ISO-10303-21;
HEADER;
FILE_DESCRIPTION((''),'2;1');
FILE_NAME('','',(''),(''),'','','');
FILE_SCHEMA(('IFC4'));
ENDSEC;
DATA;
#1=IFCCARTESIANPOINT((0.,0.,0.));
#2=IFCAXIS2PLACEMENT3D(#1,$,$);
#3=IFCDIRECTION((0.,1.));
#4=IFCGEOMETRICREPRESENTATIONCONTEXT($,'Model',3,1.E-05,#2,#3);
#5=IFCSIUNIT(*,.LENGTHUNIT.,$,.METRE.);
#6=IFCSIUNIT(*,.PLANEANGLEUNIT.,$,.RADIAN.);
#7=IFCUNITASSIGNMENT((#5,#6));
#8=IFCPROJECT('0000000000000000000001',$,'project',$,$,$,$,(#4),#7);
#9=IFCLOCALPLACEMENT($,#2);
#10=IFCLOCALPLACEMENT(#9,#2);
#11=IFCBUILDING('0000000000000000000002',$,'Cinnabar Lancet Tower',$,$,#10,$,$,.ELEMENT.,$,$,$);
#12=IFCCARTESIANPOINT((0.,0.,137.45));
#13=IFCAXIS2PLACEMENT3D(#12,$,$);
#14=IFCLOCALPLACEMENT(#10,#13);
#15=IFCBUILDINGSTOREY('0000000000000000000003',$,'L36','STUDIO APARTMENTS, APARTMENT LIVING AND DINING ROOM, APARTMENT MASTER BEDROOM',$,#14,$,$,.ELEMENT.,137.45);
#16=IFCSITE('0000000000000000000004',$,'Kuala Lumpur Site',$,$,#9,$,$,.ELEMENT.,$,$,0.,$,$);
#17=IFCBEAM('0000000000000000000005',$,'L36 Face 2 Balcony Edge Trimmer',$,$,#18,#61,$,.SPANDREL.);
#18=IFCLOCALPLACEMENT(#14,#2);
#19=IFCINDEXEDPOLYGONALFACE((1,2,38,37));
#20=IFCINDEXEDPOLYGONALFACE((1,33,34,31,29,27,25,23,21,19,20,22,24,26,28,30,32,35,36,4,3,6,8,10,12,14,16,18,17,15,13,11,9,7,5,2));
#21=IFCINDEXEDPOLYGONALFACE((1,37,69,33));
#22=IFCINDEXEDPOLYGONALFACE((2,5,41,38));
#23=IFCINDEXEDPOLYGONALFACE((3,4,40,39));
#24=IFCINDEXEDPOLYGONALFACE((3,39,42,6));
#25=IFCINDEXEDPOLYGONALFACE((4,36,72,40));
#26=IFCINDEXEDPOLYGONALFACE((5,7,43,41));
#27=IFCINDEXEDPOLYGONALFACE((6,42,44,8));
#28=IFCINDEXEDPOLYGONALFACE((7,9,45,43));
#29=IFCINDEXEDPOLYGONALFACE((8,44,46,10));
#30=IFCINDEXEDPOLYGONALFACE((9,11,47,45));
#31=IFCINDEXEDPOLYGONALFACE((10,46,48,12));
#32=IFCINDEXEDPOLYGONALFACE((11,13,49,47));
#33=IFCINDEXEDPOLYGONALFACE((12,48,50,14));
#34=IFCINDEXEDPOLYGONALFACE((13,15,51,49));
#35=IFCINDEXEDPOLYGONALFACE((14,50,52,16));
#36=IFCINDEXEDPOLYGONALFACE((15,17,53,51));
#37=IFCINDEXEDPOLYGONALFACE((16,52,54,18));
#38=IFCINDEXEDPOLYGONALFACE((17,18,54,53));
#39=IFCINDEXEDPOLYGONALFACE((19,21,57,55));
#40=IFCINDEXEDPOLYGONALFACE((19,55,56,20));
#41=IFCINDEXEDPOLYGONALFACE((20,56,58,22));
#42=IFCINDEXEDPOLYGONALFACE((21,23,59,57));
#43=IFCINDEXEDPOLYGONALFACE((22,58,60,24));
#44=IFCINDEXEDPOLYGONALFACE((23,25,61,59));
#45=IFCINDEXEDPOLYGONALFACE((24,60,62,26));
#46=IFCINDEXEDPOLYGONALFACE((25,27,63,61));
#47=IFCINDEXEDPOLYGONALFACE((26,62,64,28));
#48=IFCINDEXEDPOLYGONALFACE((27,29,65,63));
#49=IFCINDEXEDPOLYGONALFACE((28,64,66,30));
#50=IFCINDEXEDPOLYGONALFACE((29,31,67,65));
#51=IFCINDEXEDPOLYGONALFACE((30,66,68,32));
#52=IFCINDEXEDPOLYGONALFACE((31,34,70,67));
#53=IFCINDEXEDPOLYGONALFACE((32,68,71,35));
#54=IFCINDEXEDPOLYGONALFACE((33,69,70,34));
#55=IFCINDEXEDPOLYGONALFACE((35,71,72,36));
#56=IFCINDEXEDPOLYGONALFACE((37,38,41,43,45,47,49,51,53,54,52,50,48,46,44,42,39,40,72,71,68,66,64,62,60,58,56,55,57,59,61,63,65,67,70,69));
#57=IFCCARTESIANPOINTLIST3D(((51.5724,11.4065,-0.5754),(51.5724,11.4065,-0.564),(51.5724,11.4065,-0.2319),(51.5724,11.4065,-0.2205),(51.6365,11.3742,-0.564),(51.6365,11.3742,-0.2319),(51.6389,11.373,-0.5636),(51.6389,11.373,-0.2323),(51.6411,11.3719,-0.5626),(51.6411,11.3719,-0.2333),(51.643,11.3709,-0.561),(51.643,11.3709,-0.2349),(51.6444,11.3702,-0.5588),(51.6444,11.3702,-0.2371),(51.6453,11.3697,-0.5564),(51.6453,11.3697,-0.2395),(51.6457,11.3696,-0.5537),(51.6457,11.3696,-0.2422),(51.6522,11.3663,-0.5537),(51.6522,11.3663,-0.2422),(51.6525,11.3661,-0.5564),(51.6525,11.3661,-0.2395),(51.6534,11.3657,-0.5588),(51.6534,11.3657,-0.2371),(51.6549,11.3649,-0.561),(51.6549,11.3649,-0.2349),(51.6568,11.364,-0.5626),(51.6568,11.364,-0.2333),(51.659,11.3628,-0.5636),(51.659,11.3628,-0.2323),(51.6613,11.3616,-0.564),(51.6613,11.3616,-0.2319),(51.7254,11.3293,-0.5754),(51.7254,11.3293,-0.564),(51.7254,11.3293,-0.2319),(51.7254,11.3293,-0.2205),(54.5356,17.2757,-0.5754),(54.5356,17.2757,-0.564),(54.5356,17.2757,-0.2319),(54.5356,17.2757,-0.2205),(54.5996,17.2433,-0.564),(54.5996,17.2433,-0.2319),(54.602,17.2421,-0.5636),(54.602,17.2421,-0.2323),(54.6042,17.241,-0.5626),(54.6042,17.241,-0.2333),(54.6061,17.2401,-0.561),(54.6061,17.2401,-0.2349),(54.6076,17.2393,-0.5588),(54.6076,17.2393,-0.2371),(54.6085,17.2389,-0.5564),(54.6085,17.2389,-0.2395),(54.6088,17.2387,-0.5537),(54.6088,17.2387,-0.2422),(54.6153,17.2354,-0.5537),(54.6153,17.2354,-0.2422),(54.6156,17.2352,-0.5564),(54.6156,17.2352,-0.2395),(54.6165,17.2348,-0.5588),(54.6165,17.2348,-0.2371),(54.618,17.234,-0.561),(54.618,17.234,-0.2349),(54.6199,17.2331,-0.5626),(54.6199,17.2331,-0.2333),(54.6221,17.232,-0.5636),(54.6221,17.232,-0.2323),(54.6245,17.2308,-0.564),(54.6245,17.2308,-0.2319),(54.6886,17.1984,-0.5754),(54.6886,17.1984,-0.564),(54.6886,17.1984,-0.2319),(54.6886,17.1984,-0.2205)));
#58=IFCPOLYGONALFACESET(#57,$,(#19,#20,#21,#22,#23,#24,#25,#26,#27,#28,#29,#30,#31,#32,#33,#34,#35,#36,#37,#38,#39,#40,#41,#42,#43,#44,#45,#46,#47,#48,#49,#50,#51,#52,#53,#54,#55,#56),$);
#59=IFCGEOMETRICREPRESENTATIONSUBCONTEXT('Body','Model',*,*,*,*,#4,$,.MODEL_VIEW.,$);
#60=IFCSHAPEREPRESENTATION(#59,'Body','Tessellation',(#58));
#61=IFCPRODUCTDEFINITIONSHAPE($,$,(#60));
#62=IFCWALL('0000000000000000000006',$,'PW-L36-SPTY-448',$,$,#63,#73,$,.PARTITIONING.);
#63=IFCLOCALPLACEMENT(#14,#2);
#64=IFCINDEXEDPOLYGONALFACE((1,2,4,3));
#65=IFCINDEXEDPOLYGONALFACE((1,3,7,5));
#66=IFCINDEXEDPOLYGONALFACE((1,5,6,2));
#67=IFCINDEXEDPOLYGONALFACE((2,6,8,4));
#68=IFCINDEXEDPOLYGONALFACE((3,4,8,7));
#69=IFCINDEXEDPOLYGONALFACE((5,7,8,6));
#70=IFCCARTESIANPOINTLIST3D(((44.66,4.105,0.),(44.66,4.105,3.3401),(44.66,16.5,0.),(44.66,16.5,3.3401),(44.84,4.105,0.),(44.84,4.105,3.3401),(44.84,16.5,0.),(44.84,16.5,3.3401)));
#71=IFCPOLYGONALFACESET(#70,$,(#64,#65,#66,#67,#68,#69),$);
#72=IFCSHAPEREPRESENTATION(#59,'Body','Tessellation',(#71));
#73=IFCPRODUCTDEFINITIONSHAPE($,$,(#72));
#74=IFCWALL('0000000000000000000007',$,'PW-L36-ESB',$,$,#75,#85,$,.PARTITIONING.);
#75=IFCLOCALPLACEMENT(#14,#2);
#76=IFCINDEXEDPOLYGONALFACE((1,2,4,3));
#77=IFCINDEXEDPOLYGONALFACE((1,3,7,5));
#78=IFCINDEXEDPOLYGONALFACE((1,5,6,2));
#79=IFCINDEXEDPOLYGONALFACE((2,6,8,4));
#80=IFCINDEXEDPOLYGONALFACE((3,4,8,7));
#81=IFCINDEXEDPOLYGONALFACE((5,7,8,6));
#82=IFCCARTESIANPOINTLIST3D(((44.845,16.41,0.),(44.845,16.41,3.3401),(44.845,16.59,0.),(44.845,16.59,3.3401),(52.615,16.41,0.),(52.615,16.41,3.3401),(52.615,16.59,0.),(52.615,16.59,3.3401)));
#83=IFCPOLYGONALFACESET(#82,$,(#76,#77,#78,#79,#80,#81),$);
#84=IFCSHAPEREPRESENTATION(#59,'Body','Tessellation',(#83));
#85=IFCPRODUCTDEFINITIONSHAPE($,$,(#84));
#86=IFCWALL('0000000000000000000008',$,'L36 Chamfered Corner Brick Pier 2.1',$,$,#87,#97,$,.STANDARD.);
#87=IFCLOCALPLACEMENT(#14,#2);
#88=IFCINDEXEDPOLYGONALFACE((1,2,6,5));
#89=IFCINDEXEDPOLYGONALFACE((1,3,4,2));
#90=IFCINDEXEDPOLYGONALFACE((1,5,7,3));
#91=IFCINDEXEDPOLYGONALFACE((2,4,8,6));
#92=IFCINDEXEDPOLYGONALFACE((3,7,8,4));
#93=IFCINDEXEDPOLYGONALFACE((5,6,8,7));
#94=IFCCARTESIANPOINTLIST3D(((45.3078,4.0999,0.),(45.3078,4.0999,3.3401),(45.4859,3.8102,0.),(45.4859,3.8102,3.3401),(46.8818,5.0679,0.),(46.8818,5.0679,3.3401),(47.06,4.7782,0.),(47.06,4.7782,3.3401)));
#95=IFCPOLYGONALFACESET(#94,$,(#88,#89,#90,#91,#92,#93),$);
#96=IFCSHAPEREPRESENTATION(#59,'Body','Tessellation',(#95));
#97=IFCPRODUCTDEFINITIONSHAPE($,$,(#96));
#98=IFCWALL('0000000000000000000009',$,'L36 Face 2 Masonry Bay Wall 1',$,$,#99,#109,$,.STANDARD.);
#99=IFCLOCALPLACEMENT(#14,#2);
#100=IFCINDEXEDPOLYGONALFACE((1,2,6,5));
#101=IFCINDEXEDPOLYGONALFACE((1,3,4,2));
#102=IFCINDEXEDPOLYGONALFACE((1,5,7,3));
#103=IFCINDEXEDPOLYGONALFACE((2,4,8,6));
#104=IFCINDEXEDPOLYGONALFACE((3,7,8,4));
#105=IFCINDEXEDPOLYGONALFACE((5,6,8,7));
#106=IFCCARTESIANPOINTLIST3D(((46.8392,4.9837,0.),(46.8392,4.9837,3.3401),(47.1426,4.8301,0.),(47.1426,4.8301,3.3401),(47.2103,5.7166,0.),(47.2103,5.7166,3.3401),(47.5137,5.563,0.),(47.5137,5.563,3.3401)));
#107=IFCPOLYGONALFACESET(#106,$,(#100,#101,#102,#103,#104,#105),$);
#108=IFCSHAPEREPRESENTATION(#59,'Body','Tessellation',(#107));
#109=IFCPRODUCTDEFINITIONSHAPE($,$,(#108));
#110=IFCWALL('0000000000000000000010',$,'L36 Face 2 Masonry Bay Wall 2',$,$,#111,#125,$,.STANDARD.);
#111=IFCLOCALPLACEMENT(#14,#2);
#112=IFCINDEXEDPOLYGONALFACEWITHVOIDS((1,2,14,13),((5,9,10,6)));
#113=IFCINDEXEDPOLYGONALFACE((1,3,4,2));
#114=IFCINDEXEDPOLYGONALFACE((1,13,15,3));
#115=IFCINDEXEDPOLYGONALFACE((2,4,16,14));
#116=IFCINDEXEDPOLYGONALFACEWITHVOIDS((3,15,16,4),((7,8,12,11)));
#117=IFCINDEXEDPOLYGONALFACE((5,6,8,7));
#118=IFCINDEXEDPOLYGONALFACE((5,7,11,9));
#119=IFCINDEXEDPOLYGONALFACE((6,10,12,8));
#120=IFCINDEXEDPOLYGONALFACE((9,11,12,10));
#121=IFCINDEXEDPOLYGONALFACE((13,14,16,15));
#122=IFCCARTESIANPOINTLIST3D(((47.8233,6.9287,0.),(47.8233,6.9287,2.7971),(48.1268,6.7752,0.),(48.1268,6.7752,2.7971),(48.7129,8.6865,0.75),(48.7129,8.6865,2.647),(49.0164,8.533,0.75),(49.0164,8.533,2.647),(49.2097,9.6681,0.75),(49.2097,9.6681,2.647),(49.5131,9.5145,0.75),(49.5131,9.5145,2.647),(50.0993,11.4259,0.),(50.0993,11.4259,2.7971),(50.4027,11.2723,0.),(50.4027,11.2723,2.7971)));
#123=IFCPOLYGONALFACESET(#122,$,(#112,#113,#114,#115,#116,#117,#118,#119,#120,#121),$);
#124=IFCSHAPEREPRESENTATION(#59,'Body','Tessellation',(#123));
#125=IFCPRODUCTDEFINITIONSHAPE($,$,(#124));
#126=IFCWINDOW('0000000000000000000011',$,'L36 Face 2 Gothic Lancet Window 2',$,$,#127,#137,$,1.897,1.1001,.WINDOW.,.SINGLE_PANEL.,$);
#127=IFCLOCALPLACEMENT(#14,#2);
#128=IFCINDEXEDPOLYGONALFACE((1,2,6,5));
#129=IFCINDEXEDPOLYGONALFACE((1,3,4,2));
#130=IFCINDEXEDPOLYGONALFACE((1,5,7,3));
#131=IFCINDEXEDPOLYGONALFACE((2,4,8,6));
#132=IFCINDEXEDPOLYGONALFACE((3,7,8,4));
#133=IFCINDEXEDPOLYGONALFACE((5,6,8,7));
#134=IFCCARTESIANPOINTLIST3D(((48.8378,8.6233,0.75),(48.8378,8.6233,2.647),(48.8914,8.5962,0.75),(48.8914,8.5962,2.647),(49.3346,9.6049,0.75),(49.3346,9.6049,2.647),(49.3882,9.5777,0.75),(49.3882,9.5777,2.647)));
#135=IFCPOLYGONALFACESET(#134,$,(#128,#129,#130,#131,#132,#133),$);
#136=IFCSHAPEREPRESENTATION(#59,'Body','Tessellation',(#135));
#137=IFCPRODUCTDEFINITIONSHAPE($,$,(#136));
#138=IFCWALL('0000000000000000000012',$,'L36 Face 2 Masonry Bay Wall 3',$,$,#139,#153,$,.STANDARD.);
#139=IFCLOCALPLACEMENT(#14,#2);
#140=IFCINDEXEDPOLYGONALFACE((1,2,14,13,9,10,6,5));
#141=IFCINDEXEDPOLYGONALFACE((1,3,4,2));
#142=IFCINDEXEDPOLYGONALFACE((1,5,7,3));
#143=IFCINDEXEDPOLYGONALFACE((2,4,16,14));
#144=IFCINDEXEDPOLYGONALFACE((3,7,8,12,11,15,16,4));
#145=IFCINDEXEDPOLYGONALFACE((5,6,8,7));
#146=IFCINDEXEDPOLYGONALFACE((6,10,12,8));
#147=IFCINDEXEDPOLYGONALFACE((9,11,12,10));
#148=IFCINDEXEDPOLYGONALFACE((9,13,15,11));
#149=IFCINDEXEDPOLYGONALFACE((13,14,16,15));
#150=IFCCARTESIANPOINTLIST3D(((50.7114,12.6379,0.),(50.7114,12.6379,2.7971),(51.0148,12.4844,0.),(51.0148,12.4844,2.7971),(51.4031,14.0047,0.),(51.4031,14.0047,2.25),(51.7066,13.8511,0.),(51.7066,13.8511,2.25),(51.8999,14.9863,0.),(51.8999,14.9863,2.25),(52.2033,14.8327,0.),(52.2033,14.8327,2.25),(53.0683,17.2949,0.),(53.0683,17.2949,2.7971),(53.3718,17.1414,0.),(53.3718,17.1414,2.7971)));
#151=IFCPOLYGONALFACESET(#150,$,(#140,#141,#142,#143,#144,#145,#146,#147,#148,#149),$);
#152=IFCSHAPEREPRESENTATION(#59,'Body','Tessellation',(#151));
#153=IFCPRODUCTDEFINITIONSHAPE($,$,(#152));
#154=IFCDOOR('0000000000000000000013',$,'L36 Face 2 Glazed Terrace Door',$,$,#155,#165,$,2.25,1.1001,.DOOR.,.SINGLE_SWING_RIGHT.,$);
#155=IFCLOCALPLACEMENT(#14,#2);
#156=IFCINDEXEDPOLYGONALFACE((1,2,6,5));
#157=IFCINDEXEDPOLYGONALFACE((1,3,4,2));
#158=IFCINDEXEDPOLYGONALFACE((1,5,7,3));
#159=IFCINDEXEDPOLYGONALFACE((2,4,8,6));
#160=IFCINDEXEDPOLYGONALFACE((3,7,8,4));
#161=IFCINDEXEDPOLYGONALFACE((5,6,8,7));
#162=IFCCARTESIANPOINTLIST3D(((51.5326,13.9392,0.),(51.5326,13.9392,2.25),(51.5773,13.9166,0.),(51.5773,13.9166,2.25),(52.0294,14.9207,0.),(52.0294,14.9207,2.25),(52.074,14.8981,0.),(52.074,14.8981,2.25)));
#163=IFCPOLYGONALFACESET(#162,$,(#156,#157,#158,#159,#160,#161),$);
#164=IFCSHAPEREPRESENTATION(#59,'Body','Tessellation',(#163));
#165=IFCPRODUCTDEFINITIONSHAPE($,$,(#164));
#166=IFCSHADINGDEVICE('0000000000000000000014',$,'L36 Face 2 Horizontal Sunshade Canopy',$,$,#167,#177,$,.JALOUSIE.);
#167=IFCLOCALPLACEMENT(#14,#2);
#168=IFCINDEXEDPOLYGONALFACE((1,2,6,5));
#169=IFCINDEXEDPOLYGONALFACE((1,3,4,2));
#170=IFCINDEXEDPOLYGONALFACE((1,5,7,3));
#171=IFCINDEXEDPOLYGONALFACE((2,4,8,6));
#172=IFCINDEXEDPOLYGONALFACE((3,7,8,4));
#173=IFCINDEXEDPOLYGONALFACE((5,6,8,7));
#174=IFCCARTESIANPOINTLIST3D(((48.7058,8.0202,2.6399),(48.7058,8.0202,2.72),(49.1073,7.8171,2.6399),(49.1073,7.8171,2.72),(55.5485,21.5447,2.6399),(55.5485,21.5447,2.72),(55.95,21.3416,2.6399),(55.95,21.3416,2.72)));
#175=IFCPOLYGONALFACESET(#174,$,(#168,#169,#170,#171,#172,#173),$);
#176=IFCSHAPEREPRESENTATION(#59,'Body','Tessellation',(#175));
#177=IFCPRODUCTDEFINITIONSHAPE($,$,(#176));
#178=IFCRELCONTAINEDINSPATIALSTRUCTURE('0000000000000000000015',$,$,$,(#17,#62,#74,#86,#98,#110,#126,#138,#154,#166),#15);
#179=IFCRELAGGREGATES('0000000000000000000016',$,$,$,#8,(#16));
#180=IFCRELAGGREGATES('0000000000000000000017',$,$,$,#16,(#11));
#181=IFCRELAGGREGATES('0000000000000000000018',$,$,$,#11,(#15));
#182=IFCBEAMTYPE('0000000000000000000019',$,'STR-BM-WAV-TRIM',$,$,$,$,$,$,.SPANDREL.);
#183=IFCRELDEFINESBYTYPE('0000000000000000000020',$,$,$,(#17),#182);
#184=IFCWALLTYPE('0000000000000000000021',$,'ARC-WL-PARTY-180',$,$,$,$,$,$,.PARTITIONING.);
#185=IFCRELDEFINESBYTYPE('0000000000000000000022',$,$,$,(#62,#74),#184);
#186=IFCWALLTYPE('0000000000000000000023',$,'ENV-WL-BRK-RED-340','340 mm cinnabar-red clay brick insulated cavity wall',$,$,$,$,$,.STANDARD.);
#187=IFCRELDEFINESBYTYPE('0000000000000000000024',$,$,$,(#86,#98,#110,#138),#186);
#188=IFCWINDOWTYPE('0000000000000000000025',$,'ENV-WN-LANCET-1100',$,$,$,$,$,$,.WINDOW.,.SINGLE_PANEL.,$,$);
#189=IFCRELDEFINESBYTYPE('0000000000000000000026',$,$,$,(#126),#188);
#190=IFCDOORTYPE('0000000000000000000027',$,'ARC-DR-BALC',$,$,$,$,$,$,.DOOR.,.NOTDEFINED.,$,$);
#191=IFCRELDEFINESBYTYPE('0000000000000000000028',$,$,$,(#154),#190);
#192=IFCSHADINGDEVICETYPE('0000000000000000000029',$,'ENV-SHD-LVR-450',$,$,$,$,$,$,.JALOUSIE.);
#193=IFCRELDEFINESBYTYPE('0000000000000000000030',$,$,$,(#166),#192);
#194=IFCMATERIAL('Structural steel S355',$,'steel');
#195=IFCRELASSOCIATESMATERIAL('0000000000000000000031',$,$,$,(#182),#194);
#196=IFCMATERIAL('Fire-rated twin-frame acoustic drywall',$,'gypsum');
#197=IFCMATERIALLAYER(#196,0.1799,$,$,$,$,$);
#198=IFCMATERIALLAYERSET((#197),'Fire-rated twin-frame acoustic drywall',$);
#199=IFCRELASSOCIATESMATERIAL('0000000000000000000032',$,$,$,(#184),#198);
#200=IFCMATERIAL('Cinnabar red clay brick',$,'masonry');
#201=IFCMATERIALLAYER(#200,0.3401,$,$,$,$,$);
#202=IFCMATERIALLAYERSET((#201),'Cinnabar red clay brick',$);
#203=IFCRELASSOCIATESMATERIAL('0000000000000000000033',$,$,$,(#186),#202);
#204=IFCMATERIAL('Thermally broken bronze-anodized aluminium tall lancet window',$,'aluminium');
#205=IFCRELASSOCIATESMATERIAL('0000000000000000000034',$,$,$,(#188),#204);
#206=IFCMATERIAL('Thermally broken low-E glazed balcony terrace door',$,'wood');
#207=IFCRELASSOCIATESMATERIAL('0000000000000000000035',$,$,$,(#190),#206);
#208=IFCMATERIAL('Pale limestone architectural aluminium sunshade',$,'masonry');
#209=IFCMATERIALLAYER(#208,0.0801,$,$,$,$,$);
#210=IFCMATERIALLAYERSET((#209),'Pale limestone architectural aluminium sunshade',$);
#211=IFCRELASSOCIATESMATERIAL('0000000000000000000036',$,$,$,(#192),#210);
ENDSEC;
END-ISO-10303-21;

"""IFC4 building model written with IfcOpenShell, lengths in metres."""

from ifc_helpers import new_model, si_unit, direction, frame, frame_2d, origin, origin_2d, place, context, subcontext, project, spatial, rectangle, i_section, extrude, material, layer, layer_set, material_profile, profile_set, type_object, element, fill, save


model = new_model("IFC4")

# Units and contexts
model_context = context("Model", 3, precision=1e-05, world=origin(), true_north=direction((0.0, 1.0)))
body_context = subcontext(model_context, "Body", "Model", "MODEL_VIEW")
ifc_project = project(units=[si_unit("LENGTHUNIT", "METRE"), si_unit("PLANEANGLEUNIT", "RADIAN")], contexts=[model_context])

# Site, building, storey
site_placement = place(None, origin())
site = spatial("IfcSite", under=ifc_project, at=site_placement, Name="Kuala Lumpur Site", CompositionType="ELEMENT", RefElevation=0.0)
building_placement = place(site_placement, origin())
building = spatial("IfcBuilding", under=site, at=building_placement, Name="Cinnabar Lancet Tower", CompositionType="ELEMENT")
storey_placement = place(building_placement, frame((0.0, 0.0, 137.45)))
storey = spatial("IfcBuildingStorey", under=building, at=storey_placement, Name="L36", Description="STUDIO APARTMENTS, APARTMENT LIVING AND DINING ROOM, APARTMENT MASTER BEDROOM", CompositionType="ELEMENT", Elevation=137.45)

# Beam
ifc_material_1 = material(Name="Structural steel S355", Category="steel")
ifc_material_profile_1 = material_profile(ifc_material_1, i_section(OverallWidth=0.1714, OverallDepth=0.355, WebThickness=0.0073, FlangeThickness=0.0115, FilletRadius=0.0103, at=origin_2d()), Name="UKB 356x171x51")
ifc_profile_set_1 = profile_set([ifc_material_profile_1], Name="Structural steel S355")
beam_type_1 = type_object("IfcBeamType", Name="STR-BM-WAV-TRIM", PredefinedType="SPANDREL", material=ifc_profile_set_1)
beam_1_placement = place(storey_placement, frame((51.6489, 11.3679, -0.3979), z_axis=(0.450686, 0.892683, 0.0), x_axis=(-0.892683, 0.450686, 0.0)))
element("IfcBeam", 1, at=beam_1_placement, inside=storey, type_object=beam_type_1, Name="L36 Face 2 Balcony Edge Trimmer", PredefinedType="SPANDREL", context=body_context, shape_type="SweptSolid", body=[
    extrude(i_section(OverallWidth=0.1714, OverallDepth=0.355, WebThickness=0.0073, FlangeThickness=0.0115, FilletRadius=0.0103, at=origin_2d()), origin(), (0.0, 0.0, 1.0), 6.5747),
])

# Walls
ifc_material_2 = material(Name="Fire-rated twin-frame acoustic drywall", Category="gypsum")
ifc_layer_1 = layer(ifc_material_2, 0.1799)
ifc_layer_set_1 = layer_set([ifc_layer_1], Name="Fire-rated twin-frame acoustic drywall")
wall_type_1 = type_object("IfcWallType", Name="ARC-WL-PARTY-180", PredefinedType="PARTITIONING", material=ifc_layer_set_1)
wall_1_placement = place(storey_placement, frame((44.75, 4.105, 0.0), z_axis=(0.0, 0.0, 1.0), x_axis=(0.0, 1.0, 0.0)))
element("IfcWall", 2, at=wall_1_placement, inside=storey, type_object=wall_type_1, Name="PW-L36-SPTY-448", PredefinedType="PARTITIONING", context=body_context, shape_type="SweptSolid", body=[
    extrude(rectangle(XDim=12.395, YDim=0.1799, at=frame_2d((6.1975, 0.0))), origin(), (0.0, 0.0, 1.0), 3.3401),
])
wall_2_placement = place(storey_placement, frame((44.845, 16.5, 0.0), z_axis=(0.0, 0.0, 1.0), x_axis=(1.0, 0.0, 0.0)))
element("IfcWall", 3, at=wall_2_placement, inside=storey, type_object=wall_type_1, Name="PW-L36-ESB", PredefinedType="PARTITIONING", context=body_context, shape_type="SweptSolid", body=[
    extrude(rectangle(XDim=7.77, YDim=0.1799, at=frame_2d((3.885, 0.0))), origin(), (0.0, 0.0, 1.0), 3.3401),
])
ifc_material_3 = material(Name="Cinnabar red clay brick", Category="masonry")
ifc_layer_2 = layer(ifc_material_3, 0.3401)
ifc_layer_set_2 = layer_set([ifc_layer_2], Name="Cinnabar red clay brick")
wall_type_2 = type_object("IfcWallType", Name="ENV-WL-BRK-RED-340", Description="340 mm cinnabar-red clay brick insulated cavity wall", PredefinedType="STANDARD", material=ifc_layer_set_2)
wall_3_placement = place(storey_placement, frame((45.397, 3.9551, 0.0), z_axis=(0.0, 0.0, 1.0), x_axis=(0.851799, 0.523869, 0.0)))
element("IfcWall", 4, at=wall_3_placement, inside=storey, type_object=wall_type_2, Name="L36 Chamfered Corner Brick Pier 2.1", PredefinedType="STANDARD", context=body_context, shape_type="SweptSolid", body=[
    extrude(rectangle(XDim=1.8479, YDim=0.3401, at=frame_2d((0.9238, 0.0))), origin(), (0.0, 0.0, 1.0), 3.3401),
])
wall_4_placement = place(storey_placement, frame((46.991, 4.907, 0.0), z_axis=(0.0, 0.0, 1.0), x_axis=(0.451725, 0.892157, 0.0)))
element("IfcWall", 5, at=wall_4_placement, inside=storey, type_object=wall_type_2, Name="L36 Face 2 Masonry Bay Wall 1", PredefinedType="STANDARD", context=body_context, shape_type="SweptSolid", body=[
    extrude(rectangle(XDim=0.8215, YDim=0.3401, at=frame_2d((0.4106, 0.0))), origin(), (0.0, 0.0, 1.0), 3.3401),
])

# Wall, opening, window
wall_5_placement = place(storey_placement, frame((47.9751, 6.8521, 0.0), z_axis=(0.0, 0.0, 1.0), x_axis=(0.451548, 0.892247, 0.0)))
wall_5 = element("IfcWall", 6, at=wall_5_placement, inside=storey, type_object=wall_type_2, Name="L36 Face 2 Masonry Bay Wall 2", PredefinedType="STANDARD", context=body_context, shape_type="SweptSolid", body=[
    extrude(rectangle(XDim=5.0403, YDim=0.3401, at=frame_2d((2.52, 0.0))), origin(), (0.0, 0.0, 1.0), 2.7971),
])
opening_1_placement = place(wall_5_placement, frame((1.97, 0.0, 0.75)))
opening_1 = element("IfcOpeningElement", 7, at=opening_1_placement, cuts=wall_5, PredefinedType="OPENING", context=body_context, shape_type="SweptSolid", body=[
    extrude(rectangle(XDim=1.1001, YDim=1.897, at=frame_2d((0.55, 0.9485))), frame((0.0, 0.1799, 0.0), z_axis=(0.0, -1.0, 0.0), x_axis=(1.0, 0.0, 0.0)), (0.0, 0.0, 1.0), 0.3601),
])
ifc_material_4 = material(Name="Thermally broken bronze-anodized aluminium tall lancet window", Category="aluminium")
window_type = type_object("IfcWindowType", Name="ENV-WN-LANCET-1100", PartitioningType="SINGLE_PANEL", PredefinedType="WINDOW", material=ifc_material_4)
window_placement = place(opening_1_placement, origin())
window = element("IfcWindow", 8, at=window_placement, inside=storey, type_object=window_type, Name="L36 Face 2 Gothic Lancet Window 2", OverallHeight=1.897, OverallWidth=1.1001, PartitioningType="SINGLE_PANEL", PredefinedType="WINDOW", context=body_context, shape_type="SweptSolid", body=[
    extrude(rectangle(XDim=1.1001, YDim=1.897, at=frame_2d((0.55, 0.9485))), frame((0.0, 0.03, 0.0), z_axis=(0.0, -1.0, 0.0), x_axis=(1.0, 0.0, 0.0)), (0.0, 0.0, 1.0), 0.0601),
])
fill(opening_1, window)

# Wall, opening, door
wall_6_placement = place(storey_placement, frame((50.863, 12.561, 0.0), z_axis=(0.0, 0.0, 1.0), x_axis=(0.451568, 0.892237, 0.0)))
wall_6 = element("IfcWall", 9, at=wall_6_placement, inside=storey, type_object=wall_type_2, Name="L36 Face 2 Masonry Bay Wall 3", PredefinedType="STANDARD", context=body_context, shape_type="SweptSolid", body=[
    extrude(rectangle(XDim=5.2195, YDim=0.3401, at=frame_2d((2.6099, 0.0))), origin(), (0.0, 0.0, 1.0), 2.7971),
])
opening_2_placement = place(wall_6_placement, frame((1.532, 0.0, 0.0)))
opening_2 = element("IfcOpeningElement", 10, at=opening_2_placement, cuts=wall_6, PredefinedType="OPENING", context=body_context, shape_type="SweptSolid", body=[
    extrude(rectangle(XDim=1.1001, YDim=2.25, at=frame_2d((0.55, 1.125))), frame((0.0, 0.1799, 0.0), z_axis=(0.0, -1.0, 0.0), x_axis=(1.0, 0.0, 0.0)), (0.0, 0.0, 1.0), 0.3601),
])
ifc_material_5 = material(Name="Thermally broken low-E glazed balcony terrace door", Category="wood")
door_type = type_object("IfcDoorType", Name="ARC-DR-BALC", OperationType="NOTDEFINED", PredefinedType="DOOR", material=ifc_material_5)
door_placement = place(opening_2_placement, origin())
door = element("IfcDoor", 11, at=door_placement, inside=storey, type_object=door_type, Name="L36 Face 2 Glazed Terrace Door", OperationType="SINGLE_SWING_RIGHT", OverallHeight=2.25, OverallWidth=1.1001, PredefinedType="DOOR", context=body_context, shape_type="SweptSolid", body=[
    extrude(rectangle(XDim=1.1001, YDim=2.25, at=frame_2d((0.55, 1.125))), frame((0.0, 0.0249, 0.0), z_axis=(0.0, -1.0, 0.0), x_axis=(1.0, 0.0, 0.0)), (0.0, 0.0, 1.0), 0.05),
])
fill(opening_2, door)

# Shading device
ifc_material_6 = material(Name="Pale limestone architectural aluminium sunshade", Category="masonry")
ifc_layer_3 = layer(ifc_material_6, 0.0801)
ifc_layer_set_3 = layer_set([ifc_layer_3], Name="Pale limestone architectural aluminium sunshade")
shading_device_type = type_object("IfcShadingDeviceType", Name="ENV-SHD-LVR-450", PredefinedType="JALOUSIE", material=ifc_layer_set_3)
shading_device_placement = place(storey_placement, frame((52.3279, 14.6809, 2.6399), z_axis=(0.0, 0.0, 1.0), x_axis=(0.451454, 0.892294, 0.0)))
element("IfcShadingDevice", 12, at=shading_device_placement, inside=storey, type_object=shading_device_type, Name="L36 Face 2 Horizontal Sunshade Canopy", PredefinedType="JALOUSIE", context=body_context, shape_type="SweptSolid", body=[
    extrude(rectangle(XDim=15.157, YDim=0.45, at=origin_2d()), origin(), (0.0, 0.0, 1.0), 0.0801),
])

save(model, "model.ifc")
